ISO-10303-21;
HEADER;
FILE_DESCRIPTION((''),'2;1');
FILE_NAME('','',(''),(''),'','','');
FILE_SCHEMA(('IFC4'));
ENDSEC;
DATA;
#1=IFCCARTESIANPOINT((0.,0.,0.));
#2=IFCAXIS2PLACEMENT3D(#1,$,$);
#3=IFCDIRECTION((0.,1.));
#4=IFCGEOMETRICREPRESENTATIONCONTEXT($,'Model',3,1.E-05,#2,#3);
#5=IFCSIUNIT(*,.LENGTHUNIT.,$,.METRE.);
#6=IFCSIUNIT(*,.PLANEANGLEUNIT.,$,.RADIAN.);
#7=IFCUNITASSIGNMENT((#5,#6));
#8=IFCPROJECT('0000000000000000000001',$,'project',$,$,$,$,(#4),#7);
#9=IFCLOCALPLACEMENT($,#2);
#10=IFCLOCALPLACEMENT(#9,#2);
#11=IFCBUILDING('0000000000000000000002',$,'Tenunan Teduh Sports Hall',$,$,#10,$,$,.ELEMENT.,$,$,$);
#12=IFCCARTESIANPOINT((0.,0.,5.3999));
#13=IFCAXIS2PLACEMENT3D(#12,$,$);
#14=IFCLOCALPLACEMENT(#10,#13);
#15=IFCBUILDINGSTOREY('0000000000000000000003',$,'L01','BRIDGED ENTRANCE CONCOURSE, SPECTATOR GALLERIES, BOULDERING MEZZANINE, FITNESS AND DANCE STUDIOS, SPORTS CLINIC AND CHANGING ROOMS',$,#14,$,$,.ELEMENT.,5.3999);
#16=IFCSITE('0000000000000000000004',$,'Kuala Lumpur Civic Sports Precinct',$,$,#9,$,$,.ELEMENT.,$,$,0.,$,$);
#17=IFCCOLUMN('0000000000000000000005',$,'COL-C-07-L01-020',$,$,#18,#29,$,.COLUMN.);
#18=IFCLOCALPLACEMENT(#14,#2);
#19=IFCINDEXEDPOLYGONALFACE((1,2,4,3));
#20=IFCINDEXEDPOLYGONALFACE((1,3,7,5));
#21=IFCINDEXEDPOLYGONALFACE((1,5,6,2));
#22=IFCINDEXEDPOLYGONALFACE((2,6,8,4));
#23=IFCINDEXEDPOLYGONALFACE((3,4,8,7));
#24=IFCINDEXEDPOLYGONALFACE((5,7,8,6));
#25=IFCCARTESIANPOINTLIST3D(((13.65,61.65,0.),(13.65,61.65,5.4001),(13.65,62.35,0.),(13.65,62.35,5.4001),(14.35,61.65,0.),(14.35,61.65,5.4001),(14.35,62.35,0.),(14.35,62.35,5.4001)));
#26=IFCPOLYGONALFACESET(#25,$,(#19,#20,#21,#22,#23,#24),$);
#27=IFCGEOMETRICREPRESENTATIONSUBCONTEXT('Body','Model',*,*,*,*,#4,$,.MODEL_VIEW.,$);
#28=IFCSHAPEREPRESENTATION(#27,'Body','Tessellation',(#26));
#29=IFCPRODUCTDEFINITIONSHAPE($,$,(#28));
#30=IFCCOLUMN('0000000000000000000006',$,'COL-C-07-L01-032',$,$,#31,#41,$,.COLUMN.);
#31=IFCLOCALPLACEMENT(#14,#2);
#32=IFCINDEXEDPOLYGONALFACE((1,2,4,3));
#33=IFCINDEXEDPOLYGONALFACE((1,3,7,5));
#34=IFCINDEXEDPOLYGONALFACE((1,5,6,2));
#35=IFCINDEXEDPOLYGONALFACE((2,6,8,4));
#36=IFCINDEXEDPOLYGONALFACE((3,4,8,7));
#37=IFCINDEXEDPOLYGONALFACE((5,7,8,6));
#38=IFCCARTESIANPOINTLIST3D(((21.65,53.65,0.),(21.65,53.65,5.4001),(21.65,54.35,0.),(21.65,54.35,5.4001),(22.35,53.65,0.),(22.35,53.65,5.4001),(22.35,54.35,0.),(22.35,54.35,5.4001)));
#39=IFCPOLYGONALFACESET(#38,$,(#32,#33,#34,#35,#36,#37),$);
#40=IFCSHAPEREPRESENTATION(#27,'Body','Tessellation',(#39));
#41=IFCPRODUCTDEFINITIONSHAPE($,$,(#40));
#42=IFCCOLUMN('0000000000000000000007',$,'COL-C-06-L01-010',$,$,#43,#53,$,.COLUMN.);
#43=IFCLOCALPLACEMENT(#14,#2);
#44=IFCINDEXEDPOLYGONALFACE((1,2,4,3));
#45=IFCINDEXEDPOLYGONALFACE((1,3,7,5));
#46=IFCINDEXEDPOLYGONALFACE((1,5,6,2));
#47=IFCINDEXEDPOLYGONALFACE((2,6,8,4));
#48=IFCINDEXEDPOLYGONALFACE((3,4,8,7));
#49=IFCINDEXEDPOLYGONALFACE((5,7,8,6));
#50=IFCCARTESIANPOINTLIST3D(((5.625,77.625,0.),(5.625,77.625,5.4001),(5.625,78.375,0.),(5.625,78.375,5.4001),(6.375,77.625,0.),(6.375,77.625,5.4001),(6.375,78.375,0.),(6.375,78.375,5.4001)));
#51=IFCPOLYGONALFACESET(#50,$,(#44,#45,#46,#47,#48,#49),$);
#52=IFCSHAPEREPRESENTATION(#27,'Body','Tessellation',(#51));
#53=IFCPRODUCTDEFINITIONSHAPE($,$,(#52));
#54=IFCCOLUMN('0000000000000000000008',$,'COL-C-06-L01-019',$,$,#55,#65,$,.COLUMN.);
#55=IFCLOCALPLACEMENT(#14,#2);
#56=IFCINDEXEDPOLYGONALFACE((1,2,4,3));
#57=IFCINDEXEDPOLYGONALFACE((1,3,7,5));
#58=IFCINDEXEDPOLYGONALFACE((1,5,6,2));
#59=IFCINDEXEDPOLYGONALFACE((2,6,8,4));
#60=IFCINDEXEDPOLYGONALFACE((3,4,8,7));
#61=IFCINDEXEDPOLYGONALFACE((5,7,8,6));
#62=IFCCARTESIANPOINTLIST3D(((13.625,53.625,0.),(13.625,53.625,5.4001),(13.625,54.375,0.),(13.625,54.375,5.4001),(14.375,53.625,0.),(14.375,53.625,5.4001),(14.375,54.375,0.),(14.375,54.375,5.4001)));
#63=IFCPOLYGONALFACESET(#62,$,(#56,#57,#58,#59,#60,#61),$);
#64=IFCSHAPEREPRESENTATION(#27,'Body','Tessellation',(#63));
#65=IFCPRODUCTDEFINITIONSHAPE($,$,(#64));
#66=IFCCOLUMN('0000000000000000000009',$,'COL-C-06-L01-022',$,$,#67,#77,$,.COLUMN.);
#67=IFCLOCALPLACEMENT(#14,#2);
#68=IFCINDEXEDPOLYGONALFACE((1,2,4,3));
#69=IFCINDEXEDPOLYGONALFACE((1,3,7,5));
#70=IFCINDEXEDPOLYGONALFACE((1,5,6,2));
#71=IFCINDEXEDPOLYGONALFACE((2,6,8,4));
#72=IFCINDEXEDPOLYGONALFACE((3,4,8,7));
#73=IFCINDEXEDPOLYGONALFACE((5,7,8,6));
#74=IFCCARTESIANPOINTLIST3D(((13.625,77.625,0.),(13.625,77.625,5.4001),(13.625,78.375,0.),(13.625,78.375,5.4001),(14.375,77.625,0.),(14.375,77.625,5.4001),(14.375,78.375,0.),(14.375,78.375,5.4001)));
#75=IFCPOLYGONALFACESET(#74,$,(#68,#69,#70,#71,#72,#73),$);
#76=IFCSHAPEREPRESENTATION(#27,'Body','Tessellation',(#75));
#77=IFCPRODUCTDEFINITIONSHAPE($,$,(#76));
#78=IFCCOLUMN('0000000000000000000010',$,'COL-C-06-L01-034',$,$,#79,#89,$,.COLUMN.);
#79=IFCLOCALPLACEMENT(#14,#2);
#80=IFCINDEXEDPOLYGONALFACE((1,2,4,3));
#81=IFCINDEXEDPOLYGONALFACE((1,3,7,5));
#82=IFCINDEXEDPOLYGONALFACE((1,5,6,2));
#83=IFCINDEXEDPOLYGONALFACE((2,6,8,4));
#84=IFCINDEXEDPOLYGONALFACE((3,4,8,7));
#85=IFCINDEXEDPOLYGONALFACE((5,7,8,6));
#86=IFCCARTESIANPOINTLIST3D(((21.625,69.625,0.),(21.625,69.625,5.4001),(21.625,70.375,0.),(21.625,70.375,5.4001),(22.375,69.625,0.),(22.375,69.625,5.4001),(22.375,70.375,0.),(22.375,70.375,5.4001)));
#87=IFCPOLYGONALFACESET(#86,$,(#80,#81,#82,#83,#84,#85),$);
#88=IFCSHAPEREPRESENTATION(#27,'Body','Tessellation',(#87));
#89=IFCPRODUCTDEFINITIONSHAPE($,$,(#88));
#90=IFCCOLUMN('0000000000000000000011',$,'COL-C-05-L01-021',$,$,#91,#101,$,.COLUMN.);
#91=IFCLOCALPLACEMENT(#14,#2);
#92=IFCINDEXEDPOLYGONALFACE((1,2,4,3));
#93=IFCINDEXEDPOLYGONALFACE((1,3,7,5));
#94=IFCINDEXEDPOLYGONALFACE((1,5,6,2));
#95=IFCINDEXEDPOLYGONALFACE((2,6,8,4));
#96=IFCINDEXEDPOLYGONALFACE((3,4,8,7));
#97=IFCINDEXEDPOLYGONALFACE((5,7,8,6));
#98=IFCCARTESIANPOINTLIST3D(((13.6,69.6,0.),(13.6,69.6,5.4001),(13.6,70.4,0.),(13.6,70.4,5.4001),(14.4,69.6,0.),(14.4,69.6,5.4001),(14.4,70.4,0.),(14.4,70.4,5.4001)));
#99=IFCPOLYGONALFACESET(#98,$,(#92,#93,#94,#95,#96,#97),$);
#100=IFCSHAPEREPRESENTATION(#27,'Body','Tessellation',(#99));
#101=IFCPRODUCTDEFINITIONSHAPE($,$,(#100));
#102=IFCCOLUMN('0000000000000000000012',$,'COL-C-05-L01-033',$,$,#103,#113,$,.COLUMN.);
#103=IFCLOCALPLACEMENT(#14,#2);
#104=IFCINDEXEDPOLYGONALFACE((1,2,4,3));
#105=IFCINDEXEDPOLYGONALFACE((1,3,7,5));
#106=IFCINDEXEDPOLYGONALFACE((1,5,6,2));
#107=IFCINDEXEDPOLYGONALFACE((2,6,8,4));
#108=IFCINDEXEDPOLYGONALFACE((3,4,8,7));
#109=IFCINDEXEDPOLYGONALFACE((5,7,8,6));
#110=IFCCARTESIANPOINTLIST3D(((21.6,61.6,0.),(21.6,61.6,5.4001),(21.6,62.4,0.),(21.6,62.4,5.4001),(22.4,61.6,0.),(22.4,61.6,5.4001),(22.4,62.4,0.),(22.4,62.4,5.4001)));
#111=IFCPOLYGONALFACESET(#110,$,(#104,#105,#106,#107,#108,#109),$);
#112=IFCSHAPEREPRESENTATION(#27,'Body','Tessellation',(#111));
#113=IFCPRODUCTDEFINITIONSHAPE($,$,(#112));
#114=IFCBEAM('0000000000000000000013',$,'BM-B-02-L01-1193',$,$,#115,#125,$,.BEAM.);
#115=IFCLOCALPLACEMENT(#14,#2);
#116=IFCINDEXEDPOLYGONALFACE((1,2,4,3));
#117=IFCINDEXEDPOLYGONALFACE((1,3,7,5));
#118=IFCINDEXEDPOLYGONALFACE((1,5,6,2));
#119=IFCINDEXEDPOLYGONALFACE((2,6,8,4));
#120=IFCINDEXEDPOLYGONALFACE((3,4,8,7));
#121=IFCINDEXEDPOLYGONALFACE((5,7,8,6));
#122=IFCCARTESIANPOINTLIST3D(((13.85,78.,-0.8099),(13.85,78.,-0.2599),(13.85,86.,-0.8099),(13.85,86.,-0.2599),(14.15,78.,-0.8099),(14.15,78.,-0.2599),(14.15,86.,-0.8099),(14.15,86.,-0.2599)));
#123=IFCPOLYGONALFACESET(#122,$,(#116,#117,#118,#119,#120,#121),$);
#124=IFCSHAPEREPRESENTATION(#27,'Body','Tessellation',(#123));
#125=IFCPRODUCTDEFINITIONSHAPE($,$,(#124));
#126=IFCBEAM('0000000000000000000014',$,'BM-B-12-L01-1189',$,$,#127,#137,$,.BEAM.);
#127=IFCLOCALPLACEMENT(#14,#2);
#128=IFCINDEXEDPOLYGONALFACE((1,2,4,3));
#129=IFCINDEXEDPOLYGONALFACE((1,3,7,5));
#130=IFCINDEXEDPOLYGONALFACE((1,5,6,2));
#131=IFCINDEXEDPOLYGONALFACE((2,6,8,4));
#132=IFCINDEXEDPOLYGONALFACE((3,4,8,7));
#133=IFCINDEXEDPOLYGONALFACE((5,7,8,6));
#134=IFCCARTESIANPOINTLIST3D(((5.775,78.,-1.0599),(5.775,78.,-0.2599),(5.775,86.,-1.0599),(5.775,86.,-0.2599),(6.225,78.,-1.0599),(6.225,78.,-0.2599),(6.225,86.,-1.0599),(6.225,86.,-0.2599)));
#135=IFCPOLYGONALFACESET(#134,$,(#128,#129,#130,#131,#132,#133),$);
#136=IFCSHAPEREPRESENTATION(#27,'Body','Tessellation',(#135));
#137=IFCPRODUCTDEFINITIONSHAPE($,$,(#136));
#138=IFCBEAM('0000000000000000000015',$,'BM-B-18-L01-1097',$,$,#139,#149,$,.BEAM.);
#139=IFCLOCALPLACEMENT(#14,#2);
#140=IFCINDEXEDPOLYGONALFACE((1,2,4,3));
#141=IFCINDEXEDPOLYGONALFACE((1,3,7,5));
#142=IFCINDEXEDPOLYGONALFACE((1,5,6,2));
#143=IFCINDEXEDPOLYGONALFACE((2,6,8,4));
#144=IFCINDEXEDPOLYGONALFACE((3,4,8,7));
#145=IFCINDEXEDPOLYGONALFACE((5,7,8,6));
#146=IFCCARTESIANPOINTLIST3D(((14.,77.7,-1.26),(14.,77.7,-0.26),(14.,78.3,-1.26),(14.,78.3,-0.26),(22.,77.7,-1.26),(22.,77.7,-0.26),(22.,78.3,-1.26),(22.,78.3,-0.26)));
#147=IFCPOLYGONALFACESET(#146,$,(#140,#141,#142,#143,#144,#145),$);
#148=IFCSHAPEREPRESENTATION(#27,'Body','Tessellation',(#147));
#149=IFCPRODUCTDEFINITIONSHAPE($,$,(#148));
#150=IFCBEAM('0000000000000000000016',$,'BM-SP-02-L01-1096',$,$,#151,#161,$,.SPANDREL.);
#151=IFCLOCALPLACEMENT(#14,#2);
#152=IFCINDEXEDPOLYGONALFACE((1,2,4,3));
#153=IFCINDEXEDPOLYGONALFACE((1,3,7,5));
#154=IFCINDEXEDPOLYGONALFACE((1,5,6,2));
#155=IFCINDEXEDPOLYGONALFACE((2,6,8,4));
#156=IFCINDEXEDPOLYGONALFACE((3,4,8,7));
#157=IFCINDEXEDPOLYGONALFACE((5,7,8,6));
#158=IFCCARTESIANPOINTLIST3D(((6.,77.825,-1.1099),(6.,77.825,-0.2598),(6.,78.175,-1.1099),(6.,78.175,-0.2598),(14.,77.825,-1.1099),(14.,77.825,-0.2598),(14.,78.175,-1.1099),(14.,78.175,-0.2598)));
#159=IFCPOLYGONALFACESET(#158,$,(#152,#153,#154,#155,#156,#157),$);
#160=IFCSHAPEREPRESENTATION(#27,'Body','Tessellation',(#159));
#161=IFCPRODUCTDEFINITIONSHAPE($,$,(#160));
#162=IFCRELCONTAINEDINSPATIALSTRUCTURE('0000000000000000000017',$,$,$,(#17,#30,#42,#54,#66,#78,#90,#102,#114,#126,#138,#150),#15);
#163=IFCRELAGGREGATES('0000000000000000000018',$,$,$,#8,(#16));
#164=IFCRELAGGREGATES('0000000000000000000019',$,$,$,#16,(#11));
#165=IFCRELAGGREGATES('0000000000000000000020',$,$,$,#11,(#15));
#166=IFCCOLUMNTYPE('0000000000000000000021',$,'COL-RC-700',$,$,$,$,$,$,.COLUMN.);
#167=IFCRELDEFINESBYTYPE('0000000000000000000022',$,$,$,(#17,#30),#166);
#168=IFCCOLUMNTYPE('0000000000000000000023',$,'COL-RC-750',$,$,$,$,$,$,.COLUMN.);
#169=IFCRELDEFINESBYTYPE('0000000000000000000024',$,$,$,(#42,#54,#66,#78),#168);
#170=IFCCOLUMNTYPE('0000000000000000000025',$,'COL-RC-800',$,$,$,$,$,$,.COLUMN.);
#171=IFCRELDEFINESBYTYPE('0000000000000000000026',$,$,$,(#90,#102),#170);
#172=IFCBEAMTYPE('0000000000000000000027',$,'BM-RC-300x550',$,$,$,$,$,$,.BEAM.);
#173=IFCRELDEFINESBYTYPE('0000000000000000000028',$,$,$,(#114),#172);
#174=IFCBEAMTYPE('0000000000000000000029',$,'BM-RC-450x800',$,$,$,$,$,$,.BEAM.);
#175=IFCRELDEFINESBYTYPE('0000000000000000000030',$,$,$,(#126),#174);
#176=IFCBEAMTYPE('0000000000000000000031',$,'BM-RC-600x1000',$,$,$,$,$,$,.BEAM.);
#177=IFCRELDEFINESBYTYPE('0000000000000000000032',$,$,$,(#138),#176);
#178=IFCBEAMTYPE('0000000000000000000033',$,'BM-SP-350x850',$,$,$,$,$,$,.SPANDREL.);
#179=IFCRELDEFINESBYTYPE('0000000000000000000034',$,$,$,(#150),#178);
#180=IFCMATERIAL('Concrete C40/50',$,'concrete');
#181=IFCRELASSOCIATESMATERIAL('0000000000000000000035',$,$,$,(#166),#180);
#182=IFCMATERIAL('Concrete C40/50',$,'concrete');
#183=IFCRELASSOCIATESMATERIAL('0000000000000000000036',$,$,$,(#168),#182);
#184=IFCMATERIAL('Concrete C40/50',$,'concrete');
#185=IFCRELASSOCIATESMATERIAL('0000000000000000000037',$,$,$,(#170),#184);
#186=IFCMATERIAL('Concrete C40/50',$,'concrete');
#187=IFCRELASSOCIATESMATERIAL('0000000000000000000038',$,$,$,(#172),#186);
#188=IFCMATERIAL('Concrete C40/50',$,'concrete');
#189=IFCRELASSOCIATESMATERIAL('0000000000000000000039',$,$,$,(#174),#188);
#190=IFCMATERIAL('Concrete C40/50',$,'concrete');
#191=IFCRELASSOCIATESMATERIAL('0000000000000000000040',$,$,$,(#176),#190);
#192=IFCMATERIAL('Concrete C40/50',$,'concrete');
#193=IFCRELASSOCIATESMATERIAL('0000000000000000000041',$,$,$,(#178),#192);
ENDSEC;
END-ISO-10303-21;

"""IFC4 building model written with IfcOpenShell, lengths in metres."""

from ifc_helpers import new_model, si_unit, direction, frame, origin, origin_2d, place, context, subcontext, project, spatial, rectangle, extrude, material, material_profile, profile_set, type_object, element, save


model = new_model("IFC4")

# Units and contexts
model_context = context("Model", 3, precision=1e-05, world=origin(), true_north=direction((0.0, 1.0)))
body_context = subcontext(model_context, "Body", "Model", "MODEL_VIEW")
ifc_project = project(units=[si_unit("LENGTHUNIT", "METRE"), si_unit("PLANEANGLEUNIT", "RADIAN")], contexts=[model_context])

# Site, building, storey
site_placement = place(None, origin())
site = spatial("IfcSite", under=ifc_project, at=site_placement, Name="Kuala Lumpur Civic Sports Precinct", CompositionType="ELEMENT", RefElevation=0.0)
building_placement = place(site_placement, origin())
building = spatial("IfcBuilding", under=site, at=building_placement, Name="Tenunan Teduh Sports Hall", CompositionType="ELEMENT")
storey_placement = place(building_placement, frame((0.0, 0.0, 5.3999)))
storey = spatial("IfcBuildingStorey", under=building, at=storey_placement, Name="L01", Description="BRIDGED ENTRANCE CONCOURSE, SPECTATOR GALLERIES, BOULDERING MEZZANINE, FITNESS AND DANCE STUDIOS, SPORTS CLINIC AND CHANGING ROOMS", CompositionType="ELEMENT", Elevation=5.3999)

# Columns
ifc_material_1 = material(Name="Concrete C40/50", Category="concrete")
ifc_material_profile_1 = material_profile(ifc_material_1, rectangle(XDim=0.7, YDim=0.7, at=origin_2d()), Name="RC 700x700")
ifc_profile_set_1 = profile_set([ifc_material_profile_1], Name="Concrete C40/50")
column_type_1 = type_object("IfcColumnType", Name="COL-RC-700", PredefinedType="COLUMN", material=ifc_profile_set_1)
for number, where, z_axis, x_axis, name in (
    (1, (14.0, 62.0, 0.0), (0.0, 0.0, 1.0), (1.0, 0.0, 0.0), "COL-C-07-L01-020"),
    (2, (22.0, 54.0, 0.0), (0.0, 0.0, 1.0), (1.0, 0.0, 0.0), "COL-C-07-L01-032"),
):
    element("IfcColumn", number, at=place(storey_placement, frame(where, z_axis=z_axis, x_axis=x_axis)), inside=storey, type_object=column_type_1, Name=name, PredefinedType="COLUMN", context=body_context, shape_type="SweptSolid", body=[
        extrude(rectangle(XDim=0.7, YDim=0.7, at=origin_2d()), origin(), (0.0, 0.0, 1.0), 5.4001),
    ])
ifc_material_2 = material(Name="Concrete C40/50", Category="concrete")
ifc_material_profile_2 = material_profile(ifc_material_2, rectangle(XDim=0.75, YDim=0.75, at=origin_2d()), Name="RC 750x750")
ifc_profile_set_2 = profile_set([ifc_material_profile_2], Name="Concrete C40/50")
column_type_2 = type_object("IfcColumnType", Name="COL-RC-750", PredefinedType="COLUMN", material=ifc_profile_set_2)
for number, where, z_axis, x_axis, name in (
    (3, (6.0, 78.0, 0.0), (0.0, 0.0, 1.0), (1.0, 0.0, 0.0), "COL-C-06-L01-010"),
    (4, (14.0, 54.0, 0.0), (0.0, 0.0, 1.0), (1.0, 0.0, 0.0), "COL-C-06-L01-019"),
    (5, (14.0, 78.0, 0.0), (0.0, 0.0, 1.0), (1.0, 0.0, 0.0), "COL-C-06-L01-022"),
    (6, (22.0, 70.0, 0.0), (0.0, 0.0, 1.0), (1.0, 0.0, 0.0), "COL-C-06-L01-034"),
):
    element("IfcColumn", number, at=place(storey_placement, frame(where, z_axis=z_axis, x_axis=x_axis)), inside=storey, type_object=column_type_2, Name=name, PredefinedType="COLUMN", context=body_context, shape_type="SweptSolid", body=[
        extrude(rectangle(XDim=0.75, YDim=0.75, at=origin_2d()), origin(), (0.0, 0.0, 1.0), 5.4001),
    ])
ifc_material_3 = material(Name="Concrete C40/50", Category="concrete")
ifc_material_profile_3 = material_profile(ifc_material_3, rectangle(XDim=0.8, YDim=0.8, at=origin_2d()), Name="RC 800x800")
ifc_profile_set_3 = profile_set([ifc_material_profile_3], Name="Concrete C40/50")
column_type_3 = type_object("IfcColumnType", Name="COL-RC-800", PredefinedType="COLUMN", material=ifc_profile_set_3)
for number, where, z_axis, x_axis, name in (
    (7, (14.0, 70.0, 0.0), (0.0, 0.0, 1.0), (1.0, 0.0, 0.0), "COL-C-05-L01-021"),
    (8, (22.0, 62.0, 0.0), (0.0, 0.0, 1.0), (1.0, 0.0, 0.0), "COL-C-05-L01-033"),
):
    element("IfcColumn", number, at=place(storey_placement, frame(where, z_axis=z_axis, x_axis=x_axis)), inside=storey, type_object=column_type_3, Name=name, PredefinedType="COLUMN", context=body_context, shape_type="SweptSolid", body=[
        extrude(rectangle(XDim=0.8, YDim=0.8, at=origin_2d()), origin(), (0.0, 0.0, 1.0), 5.4001),
    ])

# Beams
ifc_material_4 = material(Name="Concrete C40/50", Category="concrete")
ifc_material_profile_4 = material_profile(ifc_material_4, rectangle(XDim=0.3, YDim=0.55, at=origin_2d()), Name="RCB 300x550")
ifc_profile_set_4 = profile_set([ifc_material_profile_4], Name="Concrete C40/50")
beam_type_1 = type_object("IfcBeamType", Name="BM-RC-300x550", PredefinedType="BEAM", material=ifc_profile_set_4)
beam_1_placement = place(storey_placement, frame((14.0, 78.0, -0.5349), z_axis=(0.0, 1.0, 0.0), x_axis=(-1.0, 0.0, 0.0)))
element("IfcBeam", 9, at=beam_1_placement, inside=storey, type_object=beam_type_1, Name="BM-B-02-L01-1193", PredefinedType="BEAM", context=body_context, shape_type="SweptSolid", body=[
    extrude(rectangle(XDim=0.3, YDim=0.55, at=origin_2d()), origin(), (0.0, 0.0, 1.0), 8.0),
])
ifc_material_5 = material(Name="Concrete C40/50", Category="concrete")
ifc_material_profile_5 = material_profile(ifc_material_5, rectangle(XDim=0.45, YDim=0.8, at=origin_2d()), Name="RCB 450x800")
ifc_profile_set_5 = profile_set([ifc_material_profile_5], Name="Concrete C40/50")
beam_type_2 = type_object("IfcBeamType", Name="BM-RC-450x800", PredefinedType="BEAM", material=ifc_profile_set_5)
beam_2_placement = place(storey_placement, frame((6.0, 78.0, -0.6599), z_axis=(0.0, 1.0, 0.0), x_axis=(-1.0, 0.0, 0.0)))
element("IfcBeam", 10, at=beam_2_placement, inside=storey, type_object=beam_type_2, Name="BM-B-12-L01-1189", PredefinedType="BEAM", context=body_context, shape_type="SweptSolid", body=[
    extrude(rectangle(XDim=0.45, YDim=0.8, at=origin_2d()), origin(), (0.0, 0.0, 1.0), 8.0),
])
ifc_material_6 = material(Name="Concrete C40/50", Category="concrete")
ifc_material_profile_6 = material_profile(ifc_material_6, rectangle(XDim=0.6001, YDim=1.0, at=origin_2d()), Name="RCB 600x1000")
ifc_profile_set_6 = profile_set([ifc_material_profile_6], Name="Concrete C40/50")
beam_type_3 = type_object("IfcBeamType", Name="BM-RC-600x1000", PredefinedType="BEAM", material=ifc_profile_set_6)
beam_3_placement = place(storey_placement, frame((14.0, 78.0, -0.76), z_axis=(1.0, 0.0, 0.0), x_axis=(0.0, 1.0, 0.0)))
element("IfcBeam", 11, at=beam_3_placement, inside=storey, type_object=beam_type_3, Name="BM-B-18-L01-1097", PredefinedType="BEAM", context=body_context, shape_type="SweptSolid", body=[
    extrude(rectangle(XDim=0.6001, YDim=1.0, at=origin_2d()), origin(), (0.0, 0.0, 1.0), 8.0),
])
ifc_material_7 = material(Name="Concrete C40/50", Category="concrete")
ifc_material_profile_7 = material_profile(ifc_material_7, rectangle(XDim=0.3501, YDim=0.8501, at=origin_2d()), Name="SPB 350x850")
ifc_profile_set_7 = profile_set([ifc_material_profile_7], Name="Concrete C40/50")
beam_type_4 = type_object("IfcBeamType", Name="BM-SP-350x850", PredefinedType="SPANDREL", material=ifc_profile_set_7)
beam_4_placement = place(storey_placement, frame((6.0, 78.0, -0.6848), z_axis=(1.0, 0.0, 0.0), x_axis=(0.0, 1.0, 0.0)))
element("IfcBeam", 12, at=beam_4_placement, inside=storey, type_object=beam_type_4, Name="BM-SP-02-L01-1096", PredefinedType="SPANDREL", context=body_context, shape_type="SweptSolid", body=[
    extrude(rectangle(XDim=0.3501, YDim=0.8501, at=origin_2d()), origin(), (0.0, 0.0, 1.0), 8.0),
])

save(model, "model.ifc")
